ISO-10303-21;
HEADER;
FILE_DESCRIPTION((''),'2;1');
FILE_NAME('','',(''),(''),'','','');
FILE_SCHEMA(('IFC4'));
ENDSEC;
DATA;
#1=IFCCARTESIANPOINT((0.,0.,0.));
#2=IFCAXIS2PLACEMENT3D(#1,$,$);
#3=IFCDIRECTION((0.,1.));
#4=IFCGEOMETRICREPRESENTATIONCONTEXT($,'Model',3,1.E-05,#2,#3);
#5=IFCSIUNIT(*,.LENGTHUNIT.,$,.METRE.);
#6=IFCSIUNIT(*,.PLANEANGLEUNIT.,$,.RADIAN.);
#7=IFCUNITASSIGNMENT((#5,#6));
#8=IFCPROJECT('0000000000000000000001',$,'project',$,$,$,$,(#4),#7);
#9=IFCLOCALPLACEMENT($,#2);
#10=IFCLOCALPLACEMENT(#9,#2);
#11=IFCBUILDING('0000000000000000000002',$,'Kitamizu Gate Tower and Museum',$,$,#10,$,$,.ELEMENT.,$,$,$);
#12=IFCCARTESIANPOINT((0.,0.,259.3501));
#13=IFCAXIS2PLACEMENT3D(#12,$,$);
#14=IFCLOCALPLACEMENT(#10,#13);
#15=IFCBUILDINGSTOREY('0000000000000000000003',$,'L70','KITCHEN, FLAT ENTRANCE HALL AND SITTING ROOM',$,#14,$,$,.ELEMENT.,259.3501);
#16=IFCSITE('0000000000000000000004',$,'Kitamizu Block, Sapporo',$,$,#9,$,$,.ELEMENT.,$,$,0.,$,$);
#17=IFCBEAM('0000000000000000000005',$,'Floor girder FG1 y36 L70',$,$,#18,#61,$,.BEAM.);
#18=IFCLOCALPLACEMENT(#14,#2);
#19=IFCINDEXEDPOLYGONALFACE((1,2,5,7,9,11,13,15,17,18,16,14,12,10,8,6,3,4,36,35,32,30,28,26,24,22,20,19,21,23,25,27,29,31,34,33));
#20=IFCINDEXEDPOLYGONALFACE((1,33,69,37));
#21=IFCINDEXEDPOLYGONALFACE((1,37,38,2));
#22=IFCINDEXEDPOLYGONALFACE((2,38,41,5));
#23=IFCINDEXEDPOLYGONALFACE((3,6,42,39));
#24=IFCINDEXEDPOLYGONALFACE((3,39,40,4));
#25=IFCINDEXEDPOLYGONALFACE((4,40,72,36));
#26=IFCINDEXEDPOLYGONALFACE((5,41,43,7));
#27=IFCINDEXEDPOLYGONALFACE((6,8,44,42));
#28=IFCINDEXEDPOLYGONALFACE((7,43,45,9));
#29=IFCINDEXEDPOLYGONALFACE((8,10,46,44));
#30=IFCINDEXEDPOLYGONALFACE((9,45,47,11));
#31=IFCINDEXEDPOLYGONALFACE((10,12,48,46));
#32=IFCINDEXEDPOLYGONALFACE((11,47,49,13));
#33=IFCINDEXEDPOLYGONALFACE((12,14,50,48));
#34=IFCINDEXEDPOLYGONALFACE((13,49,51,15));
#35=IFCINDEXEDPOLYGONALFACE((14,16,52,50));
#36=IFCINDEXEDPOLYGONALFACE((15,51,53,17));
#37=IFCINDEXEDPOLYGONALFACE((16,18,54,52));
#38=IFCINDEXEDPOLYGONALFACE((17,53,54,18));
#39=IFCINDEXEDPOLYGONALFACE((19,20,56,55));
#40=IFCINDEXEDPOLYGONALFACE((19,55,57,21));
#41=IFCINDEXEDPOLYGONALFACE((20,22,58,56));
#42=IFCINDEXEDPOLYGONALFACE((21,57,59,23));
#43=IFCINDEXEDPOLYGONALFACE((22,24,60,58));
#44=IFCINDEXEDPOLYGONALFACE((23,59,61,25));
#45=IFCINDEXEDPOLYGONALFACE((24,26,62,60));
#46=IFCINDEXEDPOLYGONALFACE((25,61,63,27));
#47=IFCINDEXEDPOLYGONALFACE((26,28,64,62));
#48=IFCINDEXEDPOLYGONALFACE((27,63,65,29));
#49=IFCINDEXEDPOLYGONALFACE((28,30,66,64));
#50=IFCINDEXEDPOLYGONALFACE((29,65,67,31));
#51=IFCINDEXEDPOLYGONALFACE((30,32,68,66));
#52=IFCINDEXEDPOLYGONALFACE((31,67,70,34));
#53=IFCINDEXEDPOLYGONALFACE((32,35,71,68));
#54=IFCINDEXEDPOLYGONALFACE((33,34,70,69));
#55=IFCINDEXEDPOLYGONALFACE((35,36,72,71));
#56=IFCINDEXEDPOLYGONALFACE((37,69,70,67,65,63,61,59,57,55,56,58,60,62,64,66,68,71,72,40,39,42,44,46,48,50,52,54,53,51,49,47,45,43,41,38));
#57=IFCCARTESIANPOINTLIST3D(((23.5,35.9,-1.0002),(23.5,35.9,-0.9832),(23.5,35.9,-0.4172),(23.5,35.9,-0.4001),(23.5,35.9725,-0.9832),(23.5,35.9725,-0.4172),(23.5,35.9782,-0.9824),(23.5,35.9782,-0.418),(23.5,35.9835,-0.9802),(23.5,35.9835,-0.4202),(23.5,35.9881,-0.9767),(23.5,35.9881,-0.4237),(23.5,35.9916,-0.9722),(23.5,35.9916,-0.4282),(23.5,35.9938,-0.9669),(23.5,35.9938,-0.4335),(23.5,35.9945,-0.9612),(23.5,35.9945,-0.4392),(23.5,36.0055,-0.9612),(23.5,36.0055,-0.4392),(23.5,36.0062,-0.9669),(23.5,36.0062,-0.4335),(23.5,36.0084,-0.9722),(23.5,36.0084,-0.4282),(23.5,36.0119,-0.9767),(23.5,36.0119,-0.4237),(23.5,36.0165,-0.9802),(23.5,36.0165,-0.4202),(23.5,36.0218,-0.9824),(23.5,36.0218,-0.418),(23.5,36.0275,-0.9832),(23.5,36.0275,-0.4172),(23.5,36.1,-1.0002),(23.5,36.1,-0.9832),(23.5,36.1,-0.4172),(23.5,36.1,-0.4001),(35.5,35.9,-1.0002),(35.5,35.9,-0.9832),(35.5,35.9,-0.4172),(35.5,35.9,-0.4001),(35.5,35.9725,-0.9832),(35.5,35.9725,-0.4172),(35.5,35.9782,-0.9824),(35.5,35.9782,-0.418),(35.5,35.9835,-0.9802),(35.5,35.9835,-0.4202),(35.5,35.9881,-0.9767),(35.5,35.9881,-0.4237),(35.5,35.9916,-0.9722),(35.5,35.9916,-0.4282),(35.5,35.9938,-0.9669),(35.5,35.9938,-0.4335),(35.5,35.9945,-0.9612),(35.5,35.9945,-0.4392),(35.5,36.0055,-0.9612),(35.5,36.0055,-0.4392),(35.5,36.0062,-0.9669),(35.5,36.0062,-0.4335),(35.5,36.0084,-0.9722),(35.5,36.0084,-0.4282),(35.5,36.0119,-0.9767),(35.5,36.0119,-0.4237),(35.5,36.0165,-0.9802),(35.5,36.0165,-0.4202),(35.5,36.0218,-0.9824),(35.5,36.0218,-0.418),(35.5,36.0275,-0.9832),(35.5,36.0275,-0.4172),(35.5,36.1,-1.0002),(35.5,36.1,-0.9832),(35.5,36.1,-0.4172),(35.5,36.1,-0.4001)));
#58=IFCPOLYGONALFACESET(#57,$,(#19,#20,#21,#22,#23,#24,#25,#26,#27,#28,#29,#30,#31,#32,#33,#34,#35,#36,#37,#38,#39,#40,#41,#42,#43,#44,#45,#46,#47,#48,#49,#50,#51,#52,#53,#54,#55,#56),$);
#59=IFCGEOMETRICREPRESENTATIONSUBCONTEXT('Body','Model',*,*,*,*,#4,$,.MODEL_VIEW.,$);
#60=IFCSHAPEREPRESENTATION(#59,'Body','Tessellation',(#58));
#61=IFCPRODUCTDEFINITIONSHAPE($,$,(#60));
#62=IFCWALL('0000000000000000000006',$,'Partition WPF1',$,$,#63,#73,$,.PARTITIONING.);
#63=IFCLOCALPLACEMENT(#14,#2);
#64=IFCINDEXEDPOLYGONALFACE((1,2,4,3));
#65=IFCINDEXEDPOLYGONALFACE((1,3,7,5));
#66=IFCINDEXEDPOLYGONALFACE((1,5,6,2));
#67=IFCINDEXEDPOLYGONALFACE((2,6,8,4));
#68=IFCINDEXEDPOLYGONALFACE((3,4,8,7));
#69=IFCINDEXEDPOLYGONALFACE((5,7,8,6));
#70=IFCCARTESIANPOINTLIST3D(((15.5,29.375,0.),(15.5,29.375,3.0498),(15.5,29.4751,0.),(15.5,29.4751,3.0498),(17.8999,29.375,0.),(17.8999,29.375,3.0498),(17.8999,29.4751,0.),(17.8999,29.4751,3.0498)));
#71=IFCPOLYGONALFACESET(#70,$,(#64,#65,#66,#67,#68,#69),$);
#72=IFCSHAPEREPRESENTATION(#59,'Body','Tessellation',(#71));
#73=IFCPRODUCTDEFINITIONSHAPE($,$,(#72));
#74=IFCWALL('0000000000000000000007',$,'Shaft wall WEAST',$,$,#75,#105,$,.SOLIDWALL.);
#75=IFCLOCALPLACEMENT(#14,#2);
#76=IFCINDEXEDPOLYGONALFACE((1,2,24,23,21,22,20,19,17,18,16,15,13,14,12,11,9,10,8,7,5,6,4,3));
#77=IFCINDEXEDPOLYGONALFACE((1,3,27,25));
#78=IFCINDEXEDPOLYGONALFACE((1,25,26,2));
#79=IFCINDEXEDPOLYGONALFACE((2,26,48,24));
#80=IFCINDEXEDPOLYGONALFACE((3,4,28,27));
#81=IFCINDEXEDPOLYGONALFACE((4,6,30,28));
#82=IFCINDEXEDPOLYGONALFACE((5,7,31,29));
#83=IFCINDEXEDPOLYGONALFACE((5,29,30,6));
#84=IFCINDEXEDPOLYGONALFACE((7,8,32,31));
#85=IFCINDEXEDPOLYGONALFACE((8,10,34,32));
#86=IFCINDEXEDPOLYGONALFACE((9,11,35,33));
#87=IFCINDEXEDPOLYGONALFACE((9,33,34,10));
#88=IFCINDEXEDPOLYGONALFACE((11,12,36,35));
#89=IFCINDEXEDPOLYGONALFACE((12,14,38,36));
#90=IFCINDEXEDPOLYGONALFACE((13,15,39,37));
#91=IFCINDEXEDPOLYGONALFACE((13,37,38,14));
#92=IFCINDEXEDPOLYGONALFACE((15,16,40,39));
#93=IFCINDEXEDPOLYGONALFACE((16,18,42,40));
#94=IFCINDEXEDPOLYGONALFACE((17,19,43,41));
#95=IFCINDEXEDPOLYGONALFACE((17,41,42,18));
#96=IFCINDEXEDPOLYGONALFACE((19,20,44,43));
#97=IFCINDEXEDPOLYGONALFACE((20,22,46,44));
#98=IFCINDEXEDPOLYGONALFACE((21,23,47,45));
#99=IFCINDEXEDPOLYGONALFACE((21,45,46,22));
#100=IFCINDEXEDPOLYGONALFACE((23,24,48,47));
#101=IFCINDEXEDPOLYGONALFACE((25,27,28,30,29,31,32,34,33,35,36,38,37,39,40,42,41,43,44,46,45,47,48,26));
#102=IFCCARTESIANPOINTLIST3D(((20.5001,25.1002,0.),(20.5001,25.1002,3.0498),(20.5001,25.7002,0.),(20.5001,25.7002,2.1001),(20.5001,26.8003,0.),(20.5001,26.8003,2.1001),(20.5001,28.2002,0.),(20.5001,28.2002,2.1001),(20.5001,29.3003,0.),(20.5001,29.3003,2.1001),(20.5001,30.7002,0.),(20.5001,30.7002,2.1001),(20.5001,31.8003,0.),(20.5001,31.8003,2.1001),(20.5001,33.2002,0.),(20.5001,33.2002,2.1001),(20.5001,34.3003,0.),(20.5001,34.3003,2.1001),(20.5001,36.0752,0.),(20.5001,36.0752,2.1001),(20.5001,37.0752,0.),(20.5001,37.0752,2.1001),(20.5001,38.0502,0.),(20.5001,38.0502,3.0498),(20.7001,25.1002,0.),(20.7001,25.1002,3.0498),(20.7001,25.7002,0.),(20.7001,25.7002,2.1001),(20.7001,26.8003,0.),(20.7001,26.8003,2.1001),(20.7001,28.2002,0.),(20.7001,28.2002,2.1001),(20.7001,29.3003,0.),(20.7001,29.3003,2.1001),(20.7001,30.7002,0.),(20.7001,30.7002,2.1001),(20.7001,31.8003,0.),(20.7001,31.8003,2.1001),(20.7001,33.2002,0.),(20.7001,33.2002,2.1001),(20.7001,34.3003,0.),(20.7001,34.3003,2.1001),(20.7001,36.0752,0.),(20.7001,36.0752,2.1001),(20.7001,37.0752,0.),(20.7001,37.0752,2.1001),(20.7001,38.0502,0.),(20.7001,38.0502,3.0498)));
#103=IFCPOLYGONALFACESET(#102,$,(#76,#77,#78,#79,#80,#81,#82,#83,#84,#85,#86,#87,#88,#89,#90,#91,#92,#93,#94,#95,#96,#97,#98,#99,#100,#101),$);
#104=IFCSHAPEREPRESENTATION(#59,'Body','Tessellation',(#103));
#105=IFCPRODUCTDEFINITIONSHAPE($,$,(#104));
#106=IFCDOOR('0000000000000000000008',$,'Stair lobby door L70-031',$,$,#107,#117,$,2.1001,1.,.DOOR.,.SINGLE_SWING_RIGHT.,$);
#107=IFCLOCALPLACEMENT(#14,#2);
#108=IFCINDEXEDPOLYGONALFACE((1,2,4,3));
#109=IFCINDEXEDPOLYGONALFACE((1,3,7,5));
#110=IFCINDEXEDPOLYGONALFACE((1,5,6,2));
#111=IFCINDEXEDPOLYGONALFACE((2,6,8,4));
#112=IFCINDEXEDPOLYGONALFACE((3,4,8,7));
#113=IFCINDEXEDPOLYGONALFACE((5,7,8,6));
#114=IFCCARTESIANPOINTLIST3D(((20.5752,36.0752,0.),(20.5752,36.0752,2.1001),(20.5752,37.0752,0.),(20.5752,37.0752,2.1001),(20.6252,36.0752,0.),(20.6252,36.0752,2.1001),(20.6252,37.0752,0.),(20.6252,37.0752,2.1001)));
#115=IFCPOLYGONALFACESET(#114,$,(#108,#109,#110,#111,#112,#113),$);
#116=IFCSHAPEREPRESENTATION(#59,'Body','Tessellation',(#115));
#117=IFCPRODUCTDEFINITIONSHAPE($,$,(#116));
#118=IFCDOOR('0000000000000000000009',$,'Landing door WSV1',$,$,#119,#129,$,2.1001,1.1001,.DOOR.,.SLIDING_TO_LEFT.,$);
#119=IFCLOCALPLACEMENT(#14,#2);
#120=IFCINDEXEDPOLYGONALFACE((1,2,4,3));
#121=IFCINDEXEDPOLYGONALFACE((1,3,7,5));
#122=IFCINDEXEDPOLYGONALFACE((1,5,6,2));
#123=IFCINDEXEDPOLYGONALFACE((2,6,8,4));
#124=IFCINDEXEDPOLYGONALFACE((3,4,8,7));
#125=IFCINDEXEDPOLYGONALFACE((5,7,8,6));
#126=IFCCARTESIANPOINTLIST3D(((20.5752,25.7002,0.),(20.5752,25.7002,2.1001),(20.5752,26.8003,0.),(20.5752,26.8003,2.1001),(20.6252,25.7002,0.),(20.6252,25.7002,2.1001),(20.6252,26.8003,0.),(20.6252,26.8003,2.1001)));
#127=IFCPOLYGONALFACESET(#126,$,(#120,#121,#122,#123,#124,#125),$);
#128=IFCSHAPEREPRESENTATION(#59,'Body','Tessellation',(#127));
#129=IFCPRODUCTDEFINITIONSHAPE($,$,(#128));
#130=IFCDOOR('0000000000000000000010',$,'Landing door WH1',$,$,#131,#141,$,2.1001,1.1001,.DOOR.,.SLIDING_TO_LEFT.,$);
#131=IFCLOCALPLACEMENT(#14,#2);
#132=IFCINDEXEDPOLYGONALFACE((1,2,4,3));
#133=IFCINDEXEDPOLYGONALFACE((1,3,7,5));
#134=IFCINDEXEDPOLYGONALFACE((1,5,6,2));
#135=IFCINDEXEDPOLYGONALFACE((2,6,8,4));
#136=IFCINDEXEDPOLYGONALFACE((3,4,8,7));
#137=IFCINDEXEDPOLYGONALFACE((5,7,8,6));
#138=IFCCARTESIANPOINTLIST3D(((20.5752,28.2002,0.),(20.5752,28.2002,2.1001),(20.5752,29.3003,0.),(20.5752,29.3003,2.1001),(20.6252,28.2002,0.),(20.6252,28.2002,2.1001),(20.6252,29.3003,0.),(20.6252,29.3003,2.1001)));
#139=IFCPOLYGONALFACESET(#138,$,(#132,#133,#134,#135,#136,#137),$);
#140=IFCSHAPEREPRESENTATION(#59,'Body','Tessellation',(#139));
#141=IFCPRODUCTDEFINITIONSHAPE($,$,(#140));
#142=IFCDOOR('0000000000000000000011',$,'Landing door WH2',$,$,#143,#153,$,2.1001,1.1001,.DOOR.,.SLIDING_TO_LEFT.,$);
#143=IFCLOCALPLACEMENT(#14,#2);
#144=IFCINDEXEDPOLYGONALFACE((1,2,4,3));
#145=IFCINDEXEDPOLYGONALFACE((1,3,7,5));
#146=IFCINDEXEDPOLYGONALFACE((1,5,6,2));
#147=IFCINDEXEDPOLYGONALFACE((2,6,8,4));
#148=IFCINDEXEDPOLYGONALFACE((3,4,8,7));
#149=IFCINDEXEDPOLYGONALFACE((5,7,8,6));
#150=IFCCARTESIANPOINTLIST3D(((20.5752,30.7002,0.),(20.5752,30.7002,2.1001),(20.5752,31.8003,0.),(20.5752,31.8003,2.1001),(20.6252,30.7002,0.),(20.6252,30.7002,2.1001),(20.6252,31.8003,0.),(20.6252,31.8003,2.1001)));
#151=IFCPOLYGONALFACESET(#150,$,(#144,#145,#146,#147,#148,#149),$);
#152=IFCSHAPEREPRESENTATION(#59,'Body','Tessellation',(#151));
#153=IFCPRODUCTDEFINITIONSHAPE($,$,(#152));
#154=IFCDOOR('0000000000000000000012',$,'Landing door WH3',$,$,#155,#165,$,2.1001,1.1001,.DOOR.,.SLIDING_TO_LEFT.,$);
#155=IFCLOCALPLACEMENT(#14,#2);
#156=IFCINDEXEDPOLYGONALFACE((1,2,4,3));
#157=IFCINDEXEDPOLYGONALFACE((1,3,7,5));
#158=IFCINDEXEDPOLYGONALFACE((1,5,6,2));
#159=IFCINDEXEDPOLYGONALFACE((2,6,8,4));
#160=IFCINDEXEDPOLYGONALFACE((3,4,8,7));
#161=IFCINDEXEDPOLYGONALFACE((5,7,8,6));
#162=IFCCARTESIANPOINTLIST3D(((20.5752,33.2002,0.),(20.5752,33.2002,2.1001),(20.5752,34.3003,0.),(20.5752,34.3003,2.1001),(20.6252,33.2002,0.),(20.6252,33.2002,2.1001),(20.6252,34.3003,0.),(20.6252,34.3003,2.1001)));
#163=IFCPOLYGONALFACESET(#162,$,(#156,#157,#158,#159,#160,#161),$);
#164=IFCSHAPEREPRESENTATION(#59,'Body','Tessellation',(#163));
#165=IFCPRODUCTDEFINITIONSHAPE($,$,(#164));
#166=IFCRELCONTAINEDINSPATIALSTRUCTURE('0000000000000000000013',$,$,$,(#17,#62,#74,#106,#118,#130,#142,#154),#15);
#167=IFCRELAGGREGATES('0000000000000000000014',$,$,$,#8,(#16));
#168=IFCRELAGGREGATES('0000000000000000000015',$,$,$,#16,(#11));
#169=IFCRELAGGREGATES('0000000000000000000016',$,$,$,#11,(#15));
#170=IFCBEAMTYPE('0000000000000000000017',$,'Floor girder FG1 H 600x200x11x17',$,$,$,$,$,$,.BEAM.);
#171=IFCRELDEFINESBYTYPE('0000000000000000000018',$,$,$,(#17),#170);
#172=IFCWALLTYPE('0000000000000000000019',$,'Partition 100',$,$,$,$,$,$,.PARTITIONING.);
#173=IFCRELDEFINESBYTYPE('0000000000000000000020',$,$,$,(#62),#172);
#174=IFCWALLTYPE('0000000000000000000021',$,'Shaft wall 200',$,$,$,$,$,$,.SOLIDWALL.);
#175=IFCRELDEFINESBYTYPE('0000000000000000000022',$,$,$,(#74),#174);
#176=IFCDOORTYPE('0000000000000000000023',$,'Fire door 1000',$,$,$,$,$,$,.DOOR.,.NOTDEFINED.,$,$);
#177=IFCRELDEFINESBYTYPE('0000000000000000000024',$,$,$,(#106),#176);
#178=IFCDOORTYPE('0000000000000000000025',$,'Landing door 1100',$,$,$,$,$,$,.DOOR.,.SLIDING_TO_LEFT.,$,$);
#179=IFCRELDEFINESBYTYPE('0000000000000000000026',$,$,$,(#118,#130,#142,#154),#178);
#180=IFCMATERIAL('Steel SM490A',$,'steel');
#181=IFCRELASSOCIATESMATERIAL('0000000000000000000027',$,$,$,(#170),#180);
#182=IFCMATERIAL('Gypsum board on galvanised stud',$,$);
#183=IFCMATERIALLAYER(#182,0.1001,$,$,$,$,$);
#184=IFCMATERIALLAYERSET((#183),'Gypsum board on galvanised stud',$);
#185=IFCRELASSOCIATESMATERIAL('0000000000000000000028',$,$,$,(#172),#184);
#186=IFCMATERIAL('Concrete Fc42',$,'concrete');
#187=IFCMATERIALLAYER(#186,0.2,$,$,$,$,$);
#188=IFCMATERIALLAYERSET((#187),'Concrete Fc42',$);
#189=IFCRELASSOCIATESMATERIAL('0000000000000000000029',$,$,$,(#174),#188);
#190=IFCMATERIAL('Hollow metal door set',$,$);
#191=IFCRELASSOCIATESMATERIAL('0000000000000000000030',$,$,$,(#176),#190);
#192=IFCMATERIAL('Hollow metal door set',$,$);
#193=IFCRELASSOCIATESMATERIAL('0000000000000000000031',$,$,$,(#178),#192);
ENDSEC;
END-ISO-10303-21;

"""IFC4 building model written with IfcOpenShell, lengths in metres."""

from ifc_helpers import new_model, si_unit, direction, frame, frame_2d, origin, origin_2d, place, context, subcontext, project, spatial, rectangle, i_section, extrude, material, layer, layer_set, material_profile, profile_set, type_object, element, fill, save


model = new_model("IFC4")

# Units and contexts
model_context = context("Model", 3, precision=1e-05, world=origin(), true_north=direction((0.0, 1.0)))
body_context = subcontext(model_context, "Body", "Model", "MODEL_VIEW")
ifc_project = project(units=[si_unit("LENGTHUNIT", "METRE"), si_unit("PLANEANGLEUNIT", "RADIAN")], contexts=[model_context])

# Site, building, storey
site_placement = place(None, origin())
site = spatial("IfcSite", under=ifc_project, at=site_placement, Name="Kitamizu Block, Sapporo", CompositionType="ELEMENT", RefElevation=0.0)
building_placement = place(site_placement, origin())
building = spatial("IfcBuilding", under=site, at=building_placement, Name="Kitamizu Gate Tower and Museum", CompositionType="ELEMENT")
storey_placement = place(building_placement, frame((0.0, 0.0, 259.3501)))
storey = spatial("IfcBuildingStorey", under=building, at=storey_placement, Name="L70", Description="KITCHEN, FLAT ENTRANCE HALL AND SITTING ROOM", CompositionType="ELEMENT", Elevation=259.3501)

# Beam
ifc_material_1 = material(Name="Steel SM490A", Category="steel")
ifc_material_profile = material_profile(ifc_material_1, i_section(OverallWidth=0.2, OverallDepth=0.6001, WebThickness=0.011, FlangeThickness=0.0171, FilletRadius=0.022, at=origin_2d()), Name="H-600x200x11x17")
ifc_profile_set = profile_set([ifc_material_profile], Name="Steel SM490A")
beam_type = type_object("IfcBeamType", Name="Floor girder FG1 H 600x200x11x17", PredefinedType="BEAM", material=ifc_profile_set)
beam_placement = place(storey_placement, frame((23.5, 36.0, -0.7002), z_axis=(1.0, 0.0, 0.0), x_axis=(0.0, 1.0, 0.0)))
element("IfcBeam", 1, at=beam_placement, inside=storey, type_object=beam_type, Name="Floor girder FG1 y36 L70", PredefinedType="BEAM", context=body_context, shape_type="SweptSolid", body=[
    extrude(i_section(OverallWidth=0.2, OverallDepth=0.6001, WebThickness=0.011, FlangeThickness=0.0171, FilletRadius=0.022, at=origin_2d()), origin(), (0.0, 0.0, 1.0), 12.0),
])

# Wall
ifc_material_2 = material(Name="Gypsum board on galvanised stud")
ifc_layer_1 = layer(ifc_material_2, 0.1001)
ifc_layer_set_1 = layer_set([ifc_layer_1], Name="Gypsum board on galvanised stud")
wall_type_1 = type_object("IfcWallType", Name="Partition 100", PredefinedType="PARTITIONING", material=ifc_layer_set_1)
wall_1_placement = place(storey_placement, frame((15.5, 29.425, 0.0), z_axis=(0.0, 0.0, 1.0), x_axis=(1.0, 0.0, 0.0)))
element("IfcWall", 2, at=wall_1_placement, inside=storey, type_object=wall_type_1, Name="Partition WPF1", PredefinedType="PARTITIONING", context=body_context, shape_type="SweptSolid", body=[
    extrude(rectangle(XDim=2.3999, YDim=0.1001, at=frame_2d((1.2, 0.0))), origin(), (0.0, 0.0, 1.0), 3.0498),
])

# Wall, openings, doors
ifc_material_3 = material(Name="Concrete Fc42", Category="concrete")
ifc_layer_2 = layer(ifc_material_3, 0.2)
ifc_layer_set_2 = layer_set([ifc_layer_2], Name="Concrete Fc42")
wall_type_2 = type_object("IfcWallType", Name="Shaft wall 200", PredefinedType="SOLIDWALL", material=ifc_layer_set_2)
wall_2_placement = place(storey_placement, frame((20.6001, 25.1001, 0.0), z_axis=(0.0, 0.0, 1.0), x_axis=(0.0, 1.0, 0.0)))
wall_2 = element("IfcWall", 3, at=wall_2_placement, inside=storey, type_object=wall_type_2, Name="Shaft wall WEAST", PredefinedType="SOLIDWALL", context=body_context, shape_type="SweptSolid", body=[
    extrude(rectangle(XDim=12.95, YDim=0.2, at=frame_2d((6.4751, 0.0))), origin(), (0.0, 0.0, 1.0), 3.0498),
])
opening_1_placement = place(wall_2_placement, frame((0.6001, 0.0, 0.0)))
opening_1 = element("IfcOpeningElement", 4, at=opening_1_placement, cuts=wall_2, PredefinedType="OPENING", context=body_context, shape_type="SweptSolid", body=[
    extrude(rectangle(XDim=1.1001, YDim=2.1001, at=frame_2d((0.55, 1.05))), frame((0.0, 0.1099, 0.0), z_axis=(0.0, -1.0, 0.0), x_axis=(1.0, 0.0, 0.0)), (0.0, 0.0, 1.0), 0.22),
])
opening_2_placement = place(wall_2_placement, frame((3.1001, 0.0, 0.0)))
opening_2 = element("IfcOpeningElement", 5, at=opening_2_placement, cuts=wall_2, PredefinedType="OPENING", context=body_context, shape_type="SweptSolid", body=[
    extrude(rectangle(XDim=1.1001, YDim=2.1001, at=frame_2d((0.55, 1.05))), frame((0.0, 0.1099, 0.0), z_axis=(0.0, -1.0, 0.0), x_axis=(1.0, 0.0, 0.0)), (0.0, 0.0, 1.0), 0.22),
])
opening_3_placement = place(wall_2_placement, frame((5.6001, 0.0, 0.0)))
opening_3 = element("IfcOpeningElement", 6, at=opening_3_placement, cuts=wall_2, PredefinedType="OPENING", context=body_context, shape_type="SweptSolid", body=[
    extrude(rectangle(XDim=1.1001, YDim=2.1001, at=frame_2d((0.55, 1.05))), frame((0.0, 0.1099, 0.0), z_axis=(0.0, -1.0, 0.0), x_axis=(1.0, 0.0, 0.0)), (0.0, 0.0, 1.0), 0.22),
])
opening_4_placement = place(wall_2_placement, frame((8.1001, 0.0, 0.0)))
opening_4 = element("IfcOpeningElement", 7, at=opening_4_placement, cuts=wall_2, PredefinedType="OPENING", context=body_context, shape_type="SweptSolid", body=[
    extrude(rectangle(XDim=1.1001, YDim=2.1001, at=frame_2d((0.55, 1.05))), frame((0.0, 0.1099, 0.0), z_axis=(0.0, -1.0, 0.0), x_axis=(1.0, 0.0, 0.0)), (0.0, 0.0, 1.0), 0.22),
])
opening_5_placement = place(wall_2_placement, frame((10.9751, 0.0, 0.0)))
opening_5 = element("IfcOpeningElement", 8, at=opening_5_placement, cuts=wall_2, PredefinedType="OPENING", context=body_context, shape_type="SweptSolid", body=[
    extrude(rectangle(XDim=1.0, YDim=2.1001, at=frame_2d((0.5, 1.05))), frame((0.0, 0.1099, 0.0), z_axis=(0.0, -1.0, 0.0), x_axis=(1.0, 0.0, 0.0)), (0.0, 0.0, 1.0), 0.22),
])
ifc_material_4 = material(Name="Hollow metal door set")
door_type_1 = type_object("IfcDoorType", Name="Fire door 1000", OperationType="NOTDEFINED", PredefinedType="DOOR", material=ifc_material_4)
door_1_placement = place(opening_5_placement, origin())
door_1 = element("IfcDoor", 9, at=door_1_placement, inside=storey, type_object=door_type_1, Name="Stair lobby door L70-031", OperationType="SINGLE_SWING_RIGHT", OverallHeight=2.1001, OverallWidth=1.0, PredefinedType="DOOR", context=body_context, shape_type="SweptSolid", body=[
    extrude(rectangle(XDim=1.0, YDim=2.1001, at=frame_2d((0.5, 1.05))), frame((0.0, 0.0249, 0.0), z_axis=(0.0, -1.0, 0.0), x_axis=(1.0, 0.0, 0.0)), (0.0, 0.0, 1.0), 0.05),
])
fill(opening_5, door_1)
ifc_material_5 = material(Name="Hollow metal door set")
door_type_2 = type_object("IfcDoorType", Name="Landing door 1100", OperationType="SLIDING_TO_LEFT", PredefinedType="DOOR", material=ifc_material_5)
door_2_placement = place(opening_1_placement, origin())
door_2 = element("IfcDoor", 10, at=door_2_placement, inside=storey, type_object=door_type_2, Name="Landing door WSV1", OperationType="SLIDING_TO_LEFT", OverallHeight=2.1001, OverallWidth=1.1001, PredefinedType="DOOR", context=body_context, shape_type="SweptSolid", body=[
    extrude(rectangle(XDim=1.1001, YDim=2.1001, at=frame_2d((0.55, 1.05))), frame((0.0, 0.0249, 0.0), z_axis=(0.0, -1.0, 0.0), x_axis=(1.0, 0.0, 0.0)), (0.0, 0.0, 1.0), 0.05),
])
fill(opening_1, door_2)
door_3_placement = place(opening_2_placement, origin())
door_3 = element("IfcDoor", 11, at=door_3_placement, inside=storey, type_object=door_type_2, Name="Landing door WH1", OperationType="SLIDING_TO_LEFT", OverallHeight=2.1001, OverallWidth=1.1001, PredefinedType="DOOR", context=body_context, shape_type="SweptSolid", body=[
    extrude(rectangle(XDim=1.1001, YDim=2.1001, at=frame_2d((0.55, 1.05))), frame((0.0, 0.0249, 0.0), z_axis=(0.0, -1.0, 0.0), x_axis=(1.0, 0.0, 0.0)), (0.0, 0.0, 1.0), 0.05),
])
fill(opening_2, door_3)
door_4_placement = place(opening_3_placement, origin())
door_4 = element("IfcDoor", 12, at=door_4_placement, inside=storey, type_object=door_type_2, Name="Landing door WH2", OperationType="SLIDING_TO_LEFT", OverallHeight=2.1001, OverallWidth=1.1001, PredefinedType="DOOR", context=body_context, shape_type="SweptSolid", body=[
    extrude(rectangle(XDim=1.1001, YDim=2.1001, at=frame_2d((0.55, 1.05))), frame((0.0, 0.0249, 0.0), z_axis=(0.0, -1.0, 0.0), x_axis=(1.0, 0.0, 0.0)), (0.0, 0.0, 1.0), 0.05),
])
fill(opening_3, door_4)
door_5_placement = place(opening_4_placement, origin())
door_5 = element("IfcDoor", 13, at=door_5_placement, inside=storey, type_object=door_type_2, Name="Landing door WH3", OperationType="SLIDING_TO_LEFT", OverallHeight=2.1001, OverallWidth=1.1001, PredefinedType="DOOR", context=body_context, shape_type="SweptSolid", body=[
    extrude(rectangle(XDim=1.1001, YDim=2.1001, at=frame_2d((0.55, 1.05))), frame((0.0, 0.0249, 0.0), z_axis=(0.0, -1.0, 0.0), x_axis=(1.0, 0.0, 0.0)), (0.0, 0.0, 1.0), 0.05),
])
fill(opening_4, door_5)

save(model, "model.ifc")
